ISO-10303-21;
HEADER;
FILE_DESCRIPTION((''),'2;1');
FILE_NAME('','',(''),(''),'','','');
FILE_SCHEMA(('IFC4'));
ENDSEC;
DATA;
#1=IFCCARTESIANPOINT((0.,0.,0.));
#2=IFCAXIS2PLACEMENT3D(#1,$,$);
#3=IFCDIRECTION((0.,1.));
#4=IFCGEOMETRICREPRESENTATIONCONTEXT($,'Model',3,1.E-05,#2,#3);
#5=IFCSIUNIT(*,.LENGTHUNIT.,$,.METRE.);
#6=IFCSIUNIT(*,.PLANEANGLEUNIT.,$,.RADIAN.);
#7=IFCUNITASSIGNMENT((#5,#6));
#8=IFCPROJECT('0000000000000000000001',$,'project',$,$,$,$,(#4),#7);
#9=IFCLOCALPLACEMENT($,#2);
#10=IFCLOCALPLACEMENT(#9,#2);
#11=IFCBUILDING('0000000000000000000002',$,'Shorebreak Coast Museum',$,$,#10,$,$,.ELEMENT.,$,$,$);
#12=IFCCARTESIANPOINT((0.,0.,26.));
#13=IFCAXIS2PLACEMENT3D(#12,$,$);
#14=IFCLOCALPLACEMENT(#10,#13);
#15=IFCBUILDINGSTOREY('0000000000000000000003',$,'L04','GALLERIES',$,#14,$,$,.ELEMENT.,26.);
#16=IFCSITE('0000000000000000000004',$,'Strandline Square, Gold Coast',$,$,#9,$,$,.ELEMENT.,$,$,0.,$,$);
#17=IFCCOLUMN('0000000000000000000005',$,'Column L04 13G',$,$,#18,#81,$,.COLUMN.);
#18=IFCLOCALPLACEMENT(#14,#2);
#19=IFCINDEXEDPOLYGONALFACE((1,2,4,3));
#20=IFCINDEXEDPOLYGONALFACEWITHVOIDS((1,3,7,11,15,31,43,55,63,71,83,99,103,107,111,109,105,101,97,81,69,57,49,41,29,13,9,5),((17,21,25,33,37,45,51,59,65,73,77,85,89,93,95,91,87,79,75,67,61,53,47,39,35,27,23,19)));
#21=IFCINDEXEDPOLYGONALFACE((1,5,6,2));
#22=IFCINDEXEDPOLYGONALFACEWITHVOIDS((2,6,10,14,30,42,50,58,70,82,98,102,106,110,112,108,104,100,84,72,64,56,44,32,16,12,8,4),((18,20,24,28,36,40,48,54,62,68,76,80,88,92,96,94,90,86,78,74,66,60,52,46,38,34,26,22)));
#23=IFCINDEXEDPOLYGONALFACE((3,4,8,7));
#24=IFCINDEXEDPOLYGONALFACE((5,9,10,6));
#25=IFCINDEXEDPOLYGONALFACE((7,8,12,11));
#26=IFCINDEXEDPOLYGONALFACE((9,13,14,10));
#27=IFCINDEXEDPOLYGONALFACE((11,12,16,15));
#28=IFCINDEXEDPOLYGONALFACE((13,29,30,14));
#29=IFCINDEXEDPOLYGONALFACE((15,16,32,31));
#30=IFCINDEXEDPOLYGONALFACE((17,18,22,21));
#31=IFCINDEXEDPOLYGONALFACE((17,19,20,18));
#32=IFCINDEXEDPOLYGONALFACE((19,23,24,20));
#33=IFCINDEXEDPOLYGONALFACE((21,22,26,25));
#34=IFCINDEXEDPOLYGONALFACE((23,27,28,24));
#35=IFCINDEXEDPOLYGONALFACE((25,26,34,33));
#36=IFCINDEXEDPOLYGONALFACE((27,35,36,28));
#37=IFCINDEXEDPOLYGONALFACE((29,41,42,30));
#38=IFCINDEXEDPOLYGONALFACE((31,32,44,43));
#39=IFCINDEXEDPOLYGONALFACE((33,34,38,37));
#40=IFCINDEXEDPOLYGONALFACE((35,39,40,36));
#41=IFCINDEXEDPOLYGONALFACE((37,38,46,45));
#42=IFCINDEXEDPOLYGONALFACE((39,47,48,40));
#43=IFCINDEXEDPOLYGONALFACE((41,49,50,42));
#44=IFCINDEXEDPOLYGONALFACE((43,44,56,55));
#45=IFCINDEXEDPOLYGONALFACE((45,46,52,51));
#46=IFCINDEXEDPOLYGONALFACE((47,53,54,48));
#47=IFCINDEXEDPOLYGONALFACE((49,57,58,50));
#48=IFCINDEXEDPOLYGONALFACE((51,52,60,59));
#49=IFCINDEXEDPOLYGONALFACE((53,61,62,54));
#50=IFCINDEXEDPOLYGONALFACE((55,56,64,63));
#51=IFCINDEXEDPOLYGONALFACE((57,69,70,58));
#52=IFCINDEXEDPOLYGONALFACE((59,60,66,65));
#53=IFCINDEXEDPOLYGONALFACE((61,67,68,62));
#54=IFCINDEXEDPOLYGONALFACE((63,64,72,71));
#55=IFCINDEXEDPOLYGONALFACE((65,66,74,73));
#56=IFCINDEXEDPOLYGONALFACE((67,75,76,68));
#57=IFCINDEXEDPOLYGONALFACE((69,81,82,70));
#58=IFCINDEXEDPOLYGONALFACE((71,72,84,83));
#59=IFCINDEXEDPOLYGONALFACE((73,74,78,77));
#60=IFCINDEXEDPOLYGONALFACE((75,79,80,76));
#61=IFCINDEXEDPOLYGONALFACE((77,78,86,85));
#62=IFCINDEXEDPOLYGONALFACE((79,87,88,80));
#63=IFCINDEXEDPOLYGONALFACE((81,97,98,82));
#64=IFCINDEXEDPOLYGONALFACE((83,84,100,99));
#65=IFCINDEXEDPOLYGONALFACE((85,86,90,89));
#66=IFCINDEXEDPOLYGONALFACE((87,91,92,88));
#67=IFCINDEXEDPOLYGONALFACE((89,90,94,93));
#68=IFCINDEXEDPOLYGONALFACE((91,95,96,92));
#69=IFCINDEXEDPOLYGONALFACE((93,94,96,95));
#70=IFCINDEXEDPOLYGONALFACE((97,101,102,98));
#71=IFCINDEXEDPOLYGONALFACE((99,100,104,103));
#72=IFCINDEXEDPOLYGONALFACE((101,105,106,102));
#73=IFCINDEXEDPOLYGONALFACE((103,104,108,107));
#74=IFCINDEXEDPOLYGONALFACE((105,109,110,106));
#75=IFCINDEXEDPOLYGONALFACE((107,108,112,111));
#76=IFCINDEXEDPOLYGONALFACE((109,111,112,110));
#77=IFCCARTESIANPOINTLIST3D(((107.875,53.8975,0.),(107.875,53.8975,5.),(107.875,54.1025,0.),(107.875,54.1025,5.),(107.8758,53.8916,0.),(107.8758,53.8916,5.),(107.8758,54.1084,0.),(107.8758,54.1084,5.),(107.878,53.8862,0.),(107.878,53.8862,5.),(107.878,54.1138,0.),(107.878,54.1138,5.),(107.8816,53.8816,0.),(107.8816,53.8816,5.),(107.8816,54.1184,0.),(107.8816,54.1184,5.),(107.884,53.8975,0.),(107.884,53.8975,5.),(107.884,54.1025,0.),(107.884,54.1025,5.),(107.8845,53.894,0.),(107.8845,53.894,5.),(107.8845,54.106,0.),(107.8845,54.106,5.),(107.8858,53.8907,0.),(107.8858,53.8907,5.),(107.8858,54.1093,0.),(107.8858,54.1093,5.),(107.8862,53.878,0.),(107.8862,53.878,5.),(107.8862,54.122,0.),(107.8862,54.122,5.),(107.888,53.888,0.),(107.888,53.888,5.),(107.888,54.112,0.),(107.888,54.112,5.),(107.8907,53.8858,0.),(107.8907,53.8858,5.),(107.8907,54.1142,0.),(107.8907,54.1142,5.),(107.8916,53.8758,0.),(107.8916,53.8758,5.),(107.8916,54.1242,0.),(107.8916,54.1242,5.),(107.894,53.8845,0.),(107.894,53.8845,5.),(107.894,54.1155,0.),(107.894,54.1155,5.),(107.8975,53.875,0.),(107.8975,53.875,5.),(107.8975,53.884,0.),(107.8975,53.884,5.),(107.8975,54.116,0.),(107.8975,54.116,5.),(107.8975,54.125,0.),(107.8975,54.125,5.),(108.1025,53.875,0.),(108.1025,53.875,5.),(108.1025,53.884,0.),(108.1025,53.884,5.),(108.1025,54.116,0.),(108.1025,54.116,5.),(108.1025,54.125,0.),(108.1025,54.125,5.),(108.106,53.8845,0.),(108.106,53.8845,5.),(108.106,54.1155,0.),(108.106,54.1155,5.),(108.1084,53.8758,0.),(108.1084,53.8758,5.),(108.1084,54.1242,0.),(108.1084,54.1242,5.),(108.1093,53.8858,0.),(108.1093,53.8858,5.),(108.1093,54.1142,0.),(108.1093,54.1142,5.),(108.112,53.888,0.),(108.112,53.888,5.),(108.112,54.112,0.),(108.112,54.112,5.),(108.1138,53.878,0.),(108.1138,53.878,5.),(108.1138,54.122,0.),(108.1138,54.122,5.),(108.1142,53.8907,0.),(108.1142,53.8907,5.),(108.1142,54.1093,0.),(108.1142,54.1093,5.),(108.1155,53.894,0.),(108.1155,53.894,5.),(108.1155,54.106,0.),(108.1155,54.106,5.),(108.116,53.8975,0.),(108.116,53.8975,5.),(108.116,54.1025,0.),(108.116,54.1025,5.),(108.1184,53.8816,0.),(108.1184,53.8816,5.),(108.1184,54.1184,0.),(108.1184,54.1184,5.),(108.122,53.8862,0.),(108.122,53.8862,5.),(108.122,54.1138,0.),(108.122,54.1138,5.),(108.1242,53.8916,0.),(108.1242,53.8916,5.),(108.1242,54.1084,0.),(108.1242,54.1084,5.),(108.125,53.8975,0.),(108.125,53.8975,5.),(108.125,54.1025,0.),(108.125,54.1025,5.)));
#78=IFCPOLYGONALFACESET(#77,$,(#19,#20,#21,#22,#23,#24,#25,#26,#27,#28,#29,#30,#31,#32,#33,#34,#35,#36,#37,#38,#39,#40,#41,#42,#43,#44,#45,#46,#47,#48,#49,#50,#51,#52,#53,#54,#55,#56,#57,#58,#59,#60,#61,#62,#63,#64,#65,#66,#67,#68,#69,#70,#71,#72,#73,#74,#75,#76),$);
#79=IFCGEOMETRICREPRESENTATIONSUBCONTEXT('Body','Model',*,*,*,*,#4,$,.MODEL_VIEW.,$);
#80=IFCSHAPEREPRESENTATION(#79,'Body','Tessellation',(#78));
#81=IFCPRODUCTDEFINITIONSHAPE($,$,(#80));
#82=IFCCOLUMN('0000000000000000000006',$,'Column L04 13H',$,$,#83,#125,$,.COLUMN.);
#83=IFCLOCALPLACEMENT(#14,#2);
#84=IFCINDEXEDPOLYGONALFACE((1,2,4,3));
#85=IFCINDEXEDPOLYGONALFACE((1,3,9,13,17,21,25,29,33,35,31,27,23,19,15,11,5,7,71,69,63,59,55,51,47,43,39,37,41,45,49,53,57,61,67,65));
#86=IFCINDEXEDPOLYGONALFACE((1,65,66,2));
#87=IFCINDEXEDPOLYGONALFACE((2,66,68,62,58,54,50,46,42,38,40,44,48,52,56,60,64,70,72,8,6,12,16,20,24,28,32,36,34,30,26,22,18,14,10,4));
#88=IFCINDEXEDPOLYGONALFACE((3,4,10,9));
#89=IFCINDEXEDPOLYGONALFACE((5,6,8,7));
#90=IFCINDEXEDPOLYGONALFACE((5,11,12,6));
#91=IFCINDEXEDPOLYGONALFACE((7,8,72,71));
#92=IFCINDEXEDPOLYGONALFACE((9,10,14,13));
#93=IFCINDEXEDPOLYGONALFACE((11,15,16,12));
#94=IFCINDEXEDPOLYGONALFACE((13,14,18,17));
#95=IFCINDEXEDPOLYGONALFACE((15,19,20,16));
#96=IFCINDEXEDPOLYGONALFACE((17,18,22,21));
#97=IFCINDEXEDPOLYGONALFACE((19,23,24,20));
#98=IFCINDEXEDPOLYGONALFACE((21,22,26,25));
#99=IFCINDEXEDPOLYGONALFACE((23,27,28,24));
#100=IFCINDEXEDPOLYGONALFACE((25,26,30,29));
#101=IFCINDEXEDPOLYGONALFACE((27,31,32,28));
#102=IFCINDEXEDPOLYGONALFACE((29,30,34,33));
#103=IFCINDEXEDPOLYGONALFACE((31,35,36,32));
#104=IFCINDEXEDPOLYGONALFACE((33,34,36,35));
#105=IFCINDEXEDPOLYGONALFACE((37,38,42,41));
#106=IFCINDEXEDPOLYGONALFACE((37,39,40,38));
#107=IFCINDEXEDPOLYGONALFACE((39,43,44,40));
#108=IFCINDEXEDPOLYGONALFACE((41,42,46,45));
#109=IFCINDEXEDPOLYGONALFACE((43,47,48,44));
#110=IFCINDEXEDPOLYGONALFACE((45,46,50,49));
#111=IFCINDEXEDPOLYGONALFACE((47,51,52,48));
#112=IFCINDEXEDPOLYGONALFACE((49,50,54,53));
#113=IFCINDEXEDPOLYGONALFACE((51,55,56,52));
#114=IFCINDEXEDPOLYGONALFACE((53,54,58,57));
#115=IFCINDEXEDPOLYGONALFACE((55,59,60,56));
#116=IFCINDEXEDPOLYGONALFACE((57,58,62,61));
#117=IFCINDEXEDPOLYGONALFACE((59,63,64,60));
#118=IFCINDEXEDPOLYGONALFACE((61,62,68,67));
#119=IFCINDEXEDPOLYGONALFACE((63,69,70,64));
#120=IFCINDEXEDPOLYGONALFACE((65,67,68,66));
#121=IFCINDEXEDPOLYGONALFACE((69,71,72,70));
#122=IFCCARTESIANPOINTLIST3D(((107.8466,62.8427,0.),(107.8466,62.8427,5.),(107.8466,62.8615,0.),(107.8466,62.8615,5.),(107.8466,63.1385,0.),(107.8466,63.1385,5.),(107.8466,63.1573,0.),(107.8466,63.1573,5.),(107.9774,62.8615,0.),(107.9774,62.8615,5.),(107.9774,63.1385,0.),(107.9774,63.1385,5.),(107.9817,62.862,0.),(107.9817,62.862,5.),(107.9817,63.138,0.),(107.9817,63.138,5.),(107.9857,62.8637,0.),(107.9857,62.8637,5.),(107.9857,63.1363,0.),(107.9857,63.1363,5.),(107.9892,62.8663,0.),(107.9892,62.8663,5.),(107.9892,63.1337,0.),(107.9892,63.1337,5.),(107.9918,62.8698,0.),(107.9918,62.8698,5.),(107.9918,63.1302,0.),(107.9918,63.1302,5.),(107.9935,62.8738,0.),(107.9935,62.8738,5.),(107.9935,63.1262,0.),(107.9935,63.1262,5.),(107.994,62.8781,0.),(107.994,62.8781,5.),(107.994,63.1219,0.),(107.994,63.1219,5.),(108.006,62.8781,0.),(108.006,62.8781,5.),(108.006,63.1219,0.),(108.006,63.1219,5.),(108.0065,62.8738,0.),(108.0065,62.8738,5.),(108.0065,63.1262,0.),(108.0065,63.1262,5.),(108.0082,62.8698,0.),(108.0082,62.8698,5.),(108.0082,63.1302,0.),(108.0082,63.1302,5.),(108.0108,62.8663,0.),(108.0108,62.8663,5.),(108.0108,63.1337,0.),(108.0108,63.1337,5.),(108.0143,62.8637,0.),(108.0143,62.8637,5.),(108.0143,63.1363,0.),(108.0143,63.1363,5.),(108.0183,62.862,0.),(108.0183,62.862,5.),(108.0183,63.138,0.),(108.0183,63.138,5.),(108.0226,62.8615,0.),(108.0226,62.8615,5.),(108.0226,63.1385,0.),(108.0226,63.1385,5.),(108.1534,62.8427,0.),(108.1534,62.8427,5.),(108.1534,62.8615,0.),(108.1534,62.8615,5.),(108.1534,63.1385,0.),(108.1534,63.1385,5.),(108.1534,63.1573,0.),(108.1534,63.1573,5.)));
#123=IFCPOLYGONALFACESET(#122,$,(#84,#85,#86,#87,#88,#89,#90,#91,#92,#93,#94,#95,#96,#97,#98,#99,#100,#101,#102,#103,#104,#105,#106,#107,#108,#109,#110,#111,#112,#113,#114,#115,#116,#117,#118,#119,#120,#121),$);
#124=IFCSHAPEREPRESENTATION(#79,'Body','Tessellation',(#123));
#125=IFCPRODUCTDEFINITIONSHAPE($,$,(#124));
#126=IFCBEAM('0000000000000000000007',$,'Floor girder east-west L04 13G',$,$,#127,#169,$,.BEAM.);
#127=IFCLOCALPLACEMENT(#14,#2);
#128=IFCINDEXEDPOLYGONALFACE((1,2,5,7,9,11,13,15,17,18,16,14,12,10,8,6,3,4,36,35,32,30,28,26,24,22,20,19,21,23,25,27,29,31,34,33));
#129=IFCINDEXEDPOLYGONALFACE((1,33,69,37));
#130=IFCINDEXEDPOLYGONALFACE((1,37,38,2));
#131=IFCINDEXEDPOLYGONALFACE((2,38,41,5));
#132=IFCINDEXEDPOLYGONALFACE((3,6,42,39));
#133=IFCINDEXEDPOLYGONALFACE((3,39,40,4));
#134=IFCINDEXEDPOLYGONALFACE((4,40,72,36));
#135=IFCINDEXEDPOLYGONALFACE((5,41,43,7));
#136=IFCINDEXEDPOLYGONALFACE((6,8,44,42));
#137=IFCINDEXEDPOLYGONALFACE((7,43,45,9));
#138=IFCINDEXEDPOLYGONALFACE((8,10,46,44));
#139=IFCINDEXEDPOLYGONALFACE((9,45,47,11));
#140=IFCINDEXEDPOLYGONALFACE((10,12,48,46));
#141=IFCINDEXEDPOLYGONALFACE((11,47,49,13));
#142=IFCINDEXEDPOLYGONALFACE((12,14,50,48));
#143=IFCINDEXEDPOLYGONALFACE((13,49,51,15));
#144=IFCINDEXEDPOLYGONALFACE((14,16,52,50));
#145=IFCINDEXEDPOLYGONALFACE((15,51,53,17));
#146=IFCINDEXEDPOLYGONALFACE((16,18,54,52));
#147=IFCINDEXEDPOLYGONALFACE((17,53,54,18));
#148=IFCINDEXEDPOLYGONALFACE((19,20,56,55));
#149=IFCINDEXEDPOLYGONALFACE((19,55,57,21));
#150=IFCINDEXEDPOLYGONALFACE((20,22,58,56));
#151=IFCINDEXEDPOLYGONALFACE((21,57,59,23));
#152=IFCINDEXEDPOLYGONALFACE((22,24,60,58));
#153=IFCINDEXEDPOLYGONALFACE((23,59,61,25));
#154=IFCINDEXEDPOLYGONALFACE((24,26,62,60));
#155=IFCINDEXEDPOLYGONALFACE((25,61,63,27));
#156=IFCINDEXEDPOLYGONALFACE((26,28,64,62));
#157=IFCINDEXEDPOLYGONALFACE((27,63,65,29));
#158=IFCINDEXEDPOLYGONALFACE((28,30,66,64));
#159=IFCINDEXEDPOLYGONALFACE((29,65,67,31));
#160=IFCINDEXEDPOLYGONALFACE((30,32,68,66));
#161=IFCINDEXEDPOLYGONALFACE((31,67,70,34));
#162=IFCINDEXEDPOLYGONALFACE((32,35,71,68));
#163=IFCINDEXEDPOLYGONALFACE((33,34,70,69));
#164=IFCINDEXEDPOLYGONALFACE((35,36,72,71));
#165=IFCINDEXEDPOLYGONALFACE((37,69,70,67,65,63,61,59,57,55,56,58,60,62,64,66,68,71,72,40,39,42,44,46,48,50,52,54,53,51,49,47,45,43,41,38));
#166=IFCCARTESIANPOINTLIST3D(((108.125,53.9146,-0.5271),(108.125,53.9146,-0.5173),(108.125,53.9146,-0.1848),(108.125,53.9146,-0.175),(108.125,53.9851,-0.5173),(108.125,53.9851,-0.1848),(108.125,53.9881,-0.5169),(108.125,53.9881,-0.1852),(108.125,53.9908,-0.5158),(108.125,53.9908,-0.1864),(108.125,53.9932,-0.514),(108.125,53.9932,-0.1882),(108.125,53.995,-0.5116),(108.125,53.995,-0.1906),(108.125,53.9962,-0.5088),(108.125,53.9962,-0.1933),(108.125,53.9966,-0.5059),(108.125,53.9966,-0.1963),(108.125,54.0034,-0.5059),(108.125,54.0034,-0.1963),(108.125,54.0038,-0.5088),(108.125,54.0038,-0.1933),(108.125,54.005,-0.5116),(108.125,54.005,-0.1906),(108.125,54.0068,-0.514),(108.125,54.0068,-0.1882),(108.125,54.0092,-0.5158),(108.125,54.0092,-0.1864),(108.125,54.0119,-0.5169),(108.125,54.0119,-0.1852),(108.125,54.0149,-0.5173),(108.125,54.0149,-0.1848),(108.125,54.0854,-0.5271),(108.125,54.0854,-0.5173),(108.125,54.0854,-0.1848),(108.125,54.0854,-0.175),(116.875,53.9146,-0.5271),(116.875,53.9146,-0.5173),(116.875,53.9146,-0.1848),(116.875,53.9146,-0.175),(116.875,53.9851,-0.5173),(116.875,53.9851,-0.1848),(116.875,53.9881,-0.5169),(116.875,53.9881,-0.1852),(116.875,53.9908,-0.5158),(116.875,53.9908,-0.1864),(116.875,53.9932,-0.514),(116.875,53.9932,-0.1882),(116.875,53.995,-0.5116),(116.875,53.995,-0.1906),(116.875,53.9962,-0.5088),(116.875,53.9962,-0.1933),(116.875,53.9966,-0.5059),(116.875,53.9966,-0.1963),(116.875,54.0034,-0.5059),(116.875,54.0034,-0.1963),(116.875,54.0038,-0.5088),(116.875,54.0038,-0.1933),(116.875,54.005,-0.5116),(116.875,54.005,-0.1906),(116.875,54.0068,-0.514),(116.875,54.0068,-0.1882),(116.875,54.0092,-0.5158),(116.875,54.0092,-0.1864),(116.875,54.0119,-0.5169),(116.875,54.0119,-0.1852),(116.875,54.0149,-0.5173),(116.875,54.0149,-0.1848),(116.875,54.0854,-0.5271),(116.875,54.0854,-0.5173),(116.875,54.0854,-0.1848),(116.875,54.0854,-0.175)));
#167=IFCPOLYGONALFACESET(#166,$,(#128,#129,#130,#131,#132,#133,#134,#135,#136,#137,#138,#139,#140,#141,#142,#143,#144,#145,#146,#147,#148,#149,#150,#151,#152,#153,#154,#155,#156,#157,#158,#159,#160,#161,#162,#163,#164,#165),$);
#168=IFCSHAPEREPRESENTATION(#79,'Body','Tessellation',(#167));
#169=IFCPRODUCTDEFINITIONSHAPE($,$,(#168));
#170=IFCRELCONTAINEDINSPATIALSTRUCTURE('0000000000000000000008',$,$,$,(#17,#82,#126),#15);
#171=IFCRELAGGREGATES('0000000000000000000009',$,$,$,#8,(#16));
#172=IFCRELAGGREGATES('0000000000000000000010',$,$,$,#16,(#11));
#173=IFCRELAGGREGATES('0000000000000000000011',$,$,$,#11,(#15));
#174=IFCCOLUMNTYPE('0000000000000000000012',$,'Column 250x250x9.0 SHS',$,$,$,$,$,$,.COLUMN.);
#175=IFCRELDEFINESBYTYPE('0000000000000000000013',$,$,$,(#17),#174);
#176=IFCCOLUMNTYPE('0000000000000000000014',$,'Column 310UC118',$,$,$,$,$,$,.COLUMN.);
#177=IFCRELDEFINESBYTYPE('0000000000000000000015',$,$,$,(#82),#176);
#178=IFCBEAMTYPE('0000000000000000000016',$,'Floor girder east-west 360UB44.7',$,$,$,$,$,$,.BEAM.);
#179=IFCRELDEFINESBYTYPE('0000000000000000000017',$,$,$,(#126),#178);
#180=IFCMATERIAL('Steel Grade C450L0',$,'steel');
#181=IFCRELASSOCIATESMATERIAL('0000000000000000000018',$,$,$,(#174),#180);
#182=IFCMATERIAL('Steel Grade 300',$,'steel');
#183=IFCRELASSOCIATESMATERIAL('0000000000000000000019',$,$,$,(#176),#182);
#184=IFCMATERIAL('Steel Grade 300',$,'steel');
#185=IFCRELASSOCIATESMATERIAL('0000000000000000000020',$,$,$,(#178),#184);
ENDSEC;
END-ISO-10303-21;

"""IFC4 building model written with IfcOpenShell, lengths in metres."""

from ifc_helpers import new_model, si_unit, direction, frame, origin, origin_2d, place, context, subcontext, project, spatial, hollow_rectangle, i_section, extrude, material, material_profile, profile_set, type_object, element, save


model = new_model("IFC4")

# Units and contexts
model_context = context("Model", 3, precision=1e-05, world=origin(), true_north=direction((0.0, 1.0)))
body_context = subcontext(model_context, "Body", "Model", "MODEL_VIEW")
ifc_project = project(units=[si_unit("LENGTHUNIT", "METRE"), si_unit("PLANEANGLEUNIT", "RADIAN")], contexts=[model_context])

# Site, building, storey
site_placement = place(None, origin())
site = spatial("IfcSite", under=ifc_project, at=site_placement, Name="Strandline Square, Gold Coast", CompositionType="ELEMENT", RefElevation=0.0)
building_placement = place(site_placement, origin())
building = spatial("IfcBuilding", under=site, at=building_placement, Name="Shorebreak Coast Museum", CompositionType="ELEMENT")
storey_placement = place(building_placement, frame((0.0, 0.0, 26.0)))
storey = spatial("IfcBuildingStorey", under=building, at=storey_placement, Name="L04", Description="GALLERIES", CompositionType="ELEMENT", Elevation=26.0)

# Columns
ifc_material_1 = material(Name="Steel Grade C450L0", Category="steel")
ifc_material_profile_1 = material_profile(ifc_material_1, hollow_rectangle(XDim=0.25, YDim=0.25, WallThickness=0.009, InnerFilletRadius=0.0134, OuterFilletRadius=0.0225, at=origin_2d()), Name="250x250x9.0 SHS")
ifc_profile_set_1 = profile_set([ifc_material_profile_1], Name="Steel Grade C450L0")
column_type_1 = type_object("IfcColumnType", Name="Column 250x250x9.0 SHS", PredefinedType="COLUMN", material=ifc_profile_set_1)
column_1_placement = place(storey_placement, frame((108.0, 54.0, 0.0), z_axis=(0.0, 0.0, 1.0), x_axis=(1.0, 0.0, 0.0)))
element("IfcColumn", 1, at=column_1_placement, inside=storey, type_object=column_type_1, Name="Column L04 13G", PredefinedType="COLUMN", context=body_context, shape_type="SweptSolid", body=[
    extrude(hollow_rectangle(XDim=0.25, YDim=0.25, WallThickness=0.009, InnerFilletRadius=0.0134, OuterFilletRadius=0.0225, at=origin_2d()), origin(), (0.0, 0.0, 1.0), 5.0),
])
ifc_material_2 = material(Name="Steel Grade 300", Category="steel")
ifc_material_profile_2 = material_profile(ifc_material_2, i_section(OverallWidth=0.3069, OverallDepth=0.3147, WebThickness=0.012, FlangeThickness=0.0188, FilletRadius=0.0166, at=origin_2d()), Name="310UC118")
ifc_profile_set_2 = profile_set([ifc_material_profile_2], Name="Steel Grade 300")
column_type_2 = type_object("IfcColumnType", Name="Column 310UC118", PredefinedType="COLUMN", material=ifc_profile_set_2)
column_2_placement = place(storey_placement, frame((108.0, 63.0, 0.0), z_axis=(0.0, 0.0, 1.0), x_axis=(1.0, 0.0, 0.0)))
element("IfcColumn", 2, at=column_2_placement, inside=storey, type_object=column_type_2, Name="Column L04 13H", PredefinedType="COLUMN", context=body_context, shape_type="SweptSolid", body=[
    extrude(i_section(OverallWidth=0.3069, OverallDepth=0.3147, WebThickness=0.012, FlangeThickness=0.0188, FilletRadius=0.0166, at=origin_2d()), origin(), (0.0, 0.0, 1.0), 5.0),
])

# Beam
ifc_material_3 = material(Name="Steel Grade 300", Category="steel")
ifc_material_profile_3 = material_profile(ifc_material_3, i_section(OverallWidth=0.1709, OverallDepth=0.3521, WebThickness=0.0068, FlangeThickness=0.0098, FilletRadius=0.0115, at=origin_2d()), Name="360UB44.7")
ifc_profile_set_3 = profile_set([ifc_material_profile_3], Name="Steel Grade 300")
beam_type_1 = type_object("IfcBeamType", Name="Floor girder east-west 360UB44.7", PredefinedType="BEAM", material=ifc_profile_set_3)
beam_1_placement = place(storey_placement, frame((108.125, 54.0, -0.3511), z_axis=(1.0, 0.0, 0.0), x_axis=(0.0, 1.0, 0.0)))
element("IfcBeam", 3, at=beam_1_placement, inside=storey, type_object=beam_type_1, Name="Floor girder east-west L04 13G", PredefinedType="BEAM", context=body_context, shape_type="SweptSolid", body=[
    extrude(i_section(OverallWidth=0.1709, OverallDepth=0.3521, WebThickness=0.0068, FlangeThickness=0.0098, FilletRadius=0.0115, at=origin_2d()), origin(), (0.0, 0.0, 1.0), 8.75),
])

save(model, "model.ifc")
